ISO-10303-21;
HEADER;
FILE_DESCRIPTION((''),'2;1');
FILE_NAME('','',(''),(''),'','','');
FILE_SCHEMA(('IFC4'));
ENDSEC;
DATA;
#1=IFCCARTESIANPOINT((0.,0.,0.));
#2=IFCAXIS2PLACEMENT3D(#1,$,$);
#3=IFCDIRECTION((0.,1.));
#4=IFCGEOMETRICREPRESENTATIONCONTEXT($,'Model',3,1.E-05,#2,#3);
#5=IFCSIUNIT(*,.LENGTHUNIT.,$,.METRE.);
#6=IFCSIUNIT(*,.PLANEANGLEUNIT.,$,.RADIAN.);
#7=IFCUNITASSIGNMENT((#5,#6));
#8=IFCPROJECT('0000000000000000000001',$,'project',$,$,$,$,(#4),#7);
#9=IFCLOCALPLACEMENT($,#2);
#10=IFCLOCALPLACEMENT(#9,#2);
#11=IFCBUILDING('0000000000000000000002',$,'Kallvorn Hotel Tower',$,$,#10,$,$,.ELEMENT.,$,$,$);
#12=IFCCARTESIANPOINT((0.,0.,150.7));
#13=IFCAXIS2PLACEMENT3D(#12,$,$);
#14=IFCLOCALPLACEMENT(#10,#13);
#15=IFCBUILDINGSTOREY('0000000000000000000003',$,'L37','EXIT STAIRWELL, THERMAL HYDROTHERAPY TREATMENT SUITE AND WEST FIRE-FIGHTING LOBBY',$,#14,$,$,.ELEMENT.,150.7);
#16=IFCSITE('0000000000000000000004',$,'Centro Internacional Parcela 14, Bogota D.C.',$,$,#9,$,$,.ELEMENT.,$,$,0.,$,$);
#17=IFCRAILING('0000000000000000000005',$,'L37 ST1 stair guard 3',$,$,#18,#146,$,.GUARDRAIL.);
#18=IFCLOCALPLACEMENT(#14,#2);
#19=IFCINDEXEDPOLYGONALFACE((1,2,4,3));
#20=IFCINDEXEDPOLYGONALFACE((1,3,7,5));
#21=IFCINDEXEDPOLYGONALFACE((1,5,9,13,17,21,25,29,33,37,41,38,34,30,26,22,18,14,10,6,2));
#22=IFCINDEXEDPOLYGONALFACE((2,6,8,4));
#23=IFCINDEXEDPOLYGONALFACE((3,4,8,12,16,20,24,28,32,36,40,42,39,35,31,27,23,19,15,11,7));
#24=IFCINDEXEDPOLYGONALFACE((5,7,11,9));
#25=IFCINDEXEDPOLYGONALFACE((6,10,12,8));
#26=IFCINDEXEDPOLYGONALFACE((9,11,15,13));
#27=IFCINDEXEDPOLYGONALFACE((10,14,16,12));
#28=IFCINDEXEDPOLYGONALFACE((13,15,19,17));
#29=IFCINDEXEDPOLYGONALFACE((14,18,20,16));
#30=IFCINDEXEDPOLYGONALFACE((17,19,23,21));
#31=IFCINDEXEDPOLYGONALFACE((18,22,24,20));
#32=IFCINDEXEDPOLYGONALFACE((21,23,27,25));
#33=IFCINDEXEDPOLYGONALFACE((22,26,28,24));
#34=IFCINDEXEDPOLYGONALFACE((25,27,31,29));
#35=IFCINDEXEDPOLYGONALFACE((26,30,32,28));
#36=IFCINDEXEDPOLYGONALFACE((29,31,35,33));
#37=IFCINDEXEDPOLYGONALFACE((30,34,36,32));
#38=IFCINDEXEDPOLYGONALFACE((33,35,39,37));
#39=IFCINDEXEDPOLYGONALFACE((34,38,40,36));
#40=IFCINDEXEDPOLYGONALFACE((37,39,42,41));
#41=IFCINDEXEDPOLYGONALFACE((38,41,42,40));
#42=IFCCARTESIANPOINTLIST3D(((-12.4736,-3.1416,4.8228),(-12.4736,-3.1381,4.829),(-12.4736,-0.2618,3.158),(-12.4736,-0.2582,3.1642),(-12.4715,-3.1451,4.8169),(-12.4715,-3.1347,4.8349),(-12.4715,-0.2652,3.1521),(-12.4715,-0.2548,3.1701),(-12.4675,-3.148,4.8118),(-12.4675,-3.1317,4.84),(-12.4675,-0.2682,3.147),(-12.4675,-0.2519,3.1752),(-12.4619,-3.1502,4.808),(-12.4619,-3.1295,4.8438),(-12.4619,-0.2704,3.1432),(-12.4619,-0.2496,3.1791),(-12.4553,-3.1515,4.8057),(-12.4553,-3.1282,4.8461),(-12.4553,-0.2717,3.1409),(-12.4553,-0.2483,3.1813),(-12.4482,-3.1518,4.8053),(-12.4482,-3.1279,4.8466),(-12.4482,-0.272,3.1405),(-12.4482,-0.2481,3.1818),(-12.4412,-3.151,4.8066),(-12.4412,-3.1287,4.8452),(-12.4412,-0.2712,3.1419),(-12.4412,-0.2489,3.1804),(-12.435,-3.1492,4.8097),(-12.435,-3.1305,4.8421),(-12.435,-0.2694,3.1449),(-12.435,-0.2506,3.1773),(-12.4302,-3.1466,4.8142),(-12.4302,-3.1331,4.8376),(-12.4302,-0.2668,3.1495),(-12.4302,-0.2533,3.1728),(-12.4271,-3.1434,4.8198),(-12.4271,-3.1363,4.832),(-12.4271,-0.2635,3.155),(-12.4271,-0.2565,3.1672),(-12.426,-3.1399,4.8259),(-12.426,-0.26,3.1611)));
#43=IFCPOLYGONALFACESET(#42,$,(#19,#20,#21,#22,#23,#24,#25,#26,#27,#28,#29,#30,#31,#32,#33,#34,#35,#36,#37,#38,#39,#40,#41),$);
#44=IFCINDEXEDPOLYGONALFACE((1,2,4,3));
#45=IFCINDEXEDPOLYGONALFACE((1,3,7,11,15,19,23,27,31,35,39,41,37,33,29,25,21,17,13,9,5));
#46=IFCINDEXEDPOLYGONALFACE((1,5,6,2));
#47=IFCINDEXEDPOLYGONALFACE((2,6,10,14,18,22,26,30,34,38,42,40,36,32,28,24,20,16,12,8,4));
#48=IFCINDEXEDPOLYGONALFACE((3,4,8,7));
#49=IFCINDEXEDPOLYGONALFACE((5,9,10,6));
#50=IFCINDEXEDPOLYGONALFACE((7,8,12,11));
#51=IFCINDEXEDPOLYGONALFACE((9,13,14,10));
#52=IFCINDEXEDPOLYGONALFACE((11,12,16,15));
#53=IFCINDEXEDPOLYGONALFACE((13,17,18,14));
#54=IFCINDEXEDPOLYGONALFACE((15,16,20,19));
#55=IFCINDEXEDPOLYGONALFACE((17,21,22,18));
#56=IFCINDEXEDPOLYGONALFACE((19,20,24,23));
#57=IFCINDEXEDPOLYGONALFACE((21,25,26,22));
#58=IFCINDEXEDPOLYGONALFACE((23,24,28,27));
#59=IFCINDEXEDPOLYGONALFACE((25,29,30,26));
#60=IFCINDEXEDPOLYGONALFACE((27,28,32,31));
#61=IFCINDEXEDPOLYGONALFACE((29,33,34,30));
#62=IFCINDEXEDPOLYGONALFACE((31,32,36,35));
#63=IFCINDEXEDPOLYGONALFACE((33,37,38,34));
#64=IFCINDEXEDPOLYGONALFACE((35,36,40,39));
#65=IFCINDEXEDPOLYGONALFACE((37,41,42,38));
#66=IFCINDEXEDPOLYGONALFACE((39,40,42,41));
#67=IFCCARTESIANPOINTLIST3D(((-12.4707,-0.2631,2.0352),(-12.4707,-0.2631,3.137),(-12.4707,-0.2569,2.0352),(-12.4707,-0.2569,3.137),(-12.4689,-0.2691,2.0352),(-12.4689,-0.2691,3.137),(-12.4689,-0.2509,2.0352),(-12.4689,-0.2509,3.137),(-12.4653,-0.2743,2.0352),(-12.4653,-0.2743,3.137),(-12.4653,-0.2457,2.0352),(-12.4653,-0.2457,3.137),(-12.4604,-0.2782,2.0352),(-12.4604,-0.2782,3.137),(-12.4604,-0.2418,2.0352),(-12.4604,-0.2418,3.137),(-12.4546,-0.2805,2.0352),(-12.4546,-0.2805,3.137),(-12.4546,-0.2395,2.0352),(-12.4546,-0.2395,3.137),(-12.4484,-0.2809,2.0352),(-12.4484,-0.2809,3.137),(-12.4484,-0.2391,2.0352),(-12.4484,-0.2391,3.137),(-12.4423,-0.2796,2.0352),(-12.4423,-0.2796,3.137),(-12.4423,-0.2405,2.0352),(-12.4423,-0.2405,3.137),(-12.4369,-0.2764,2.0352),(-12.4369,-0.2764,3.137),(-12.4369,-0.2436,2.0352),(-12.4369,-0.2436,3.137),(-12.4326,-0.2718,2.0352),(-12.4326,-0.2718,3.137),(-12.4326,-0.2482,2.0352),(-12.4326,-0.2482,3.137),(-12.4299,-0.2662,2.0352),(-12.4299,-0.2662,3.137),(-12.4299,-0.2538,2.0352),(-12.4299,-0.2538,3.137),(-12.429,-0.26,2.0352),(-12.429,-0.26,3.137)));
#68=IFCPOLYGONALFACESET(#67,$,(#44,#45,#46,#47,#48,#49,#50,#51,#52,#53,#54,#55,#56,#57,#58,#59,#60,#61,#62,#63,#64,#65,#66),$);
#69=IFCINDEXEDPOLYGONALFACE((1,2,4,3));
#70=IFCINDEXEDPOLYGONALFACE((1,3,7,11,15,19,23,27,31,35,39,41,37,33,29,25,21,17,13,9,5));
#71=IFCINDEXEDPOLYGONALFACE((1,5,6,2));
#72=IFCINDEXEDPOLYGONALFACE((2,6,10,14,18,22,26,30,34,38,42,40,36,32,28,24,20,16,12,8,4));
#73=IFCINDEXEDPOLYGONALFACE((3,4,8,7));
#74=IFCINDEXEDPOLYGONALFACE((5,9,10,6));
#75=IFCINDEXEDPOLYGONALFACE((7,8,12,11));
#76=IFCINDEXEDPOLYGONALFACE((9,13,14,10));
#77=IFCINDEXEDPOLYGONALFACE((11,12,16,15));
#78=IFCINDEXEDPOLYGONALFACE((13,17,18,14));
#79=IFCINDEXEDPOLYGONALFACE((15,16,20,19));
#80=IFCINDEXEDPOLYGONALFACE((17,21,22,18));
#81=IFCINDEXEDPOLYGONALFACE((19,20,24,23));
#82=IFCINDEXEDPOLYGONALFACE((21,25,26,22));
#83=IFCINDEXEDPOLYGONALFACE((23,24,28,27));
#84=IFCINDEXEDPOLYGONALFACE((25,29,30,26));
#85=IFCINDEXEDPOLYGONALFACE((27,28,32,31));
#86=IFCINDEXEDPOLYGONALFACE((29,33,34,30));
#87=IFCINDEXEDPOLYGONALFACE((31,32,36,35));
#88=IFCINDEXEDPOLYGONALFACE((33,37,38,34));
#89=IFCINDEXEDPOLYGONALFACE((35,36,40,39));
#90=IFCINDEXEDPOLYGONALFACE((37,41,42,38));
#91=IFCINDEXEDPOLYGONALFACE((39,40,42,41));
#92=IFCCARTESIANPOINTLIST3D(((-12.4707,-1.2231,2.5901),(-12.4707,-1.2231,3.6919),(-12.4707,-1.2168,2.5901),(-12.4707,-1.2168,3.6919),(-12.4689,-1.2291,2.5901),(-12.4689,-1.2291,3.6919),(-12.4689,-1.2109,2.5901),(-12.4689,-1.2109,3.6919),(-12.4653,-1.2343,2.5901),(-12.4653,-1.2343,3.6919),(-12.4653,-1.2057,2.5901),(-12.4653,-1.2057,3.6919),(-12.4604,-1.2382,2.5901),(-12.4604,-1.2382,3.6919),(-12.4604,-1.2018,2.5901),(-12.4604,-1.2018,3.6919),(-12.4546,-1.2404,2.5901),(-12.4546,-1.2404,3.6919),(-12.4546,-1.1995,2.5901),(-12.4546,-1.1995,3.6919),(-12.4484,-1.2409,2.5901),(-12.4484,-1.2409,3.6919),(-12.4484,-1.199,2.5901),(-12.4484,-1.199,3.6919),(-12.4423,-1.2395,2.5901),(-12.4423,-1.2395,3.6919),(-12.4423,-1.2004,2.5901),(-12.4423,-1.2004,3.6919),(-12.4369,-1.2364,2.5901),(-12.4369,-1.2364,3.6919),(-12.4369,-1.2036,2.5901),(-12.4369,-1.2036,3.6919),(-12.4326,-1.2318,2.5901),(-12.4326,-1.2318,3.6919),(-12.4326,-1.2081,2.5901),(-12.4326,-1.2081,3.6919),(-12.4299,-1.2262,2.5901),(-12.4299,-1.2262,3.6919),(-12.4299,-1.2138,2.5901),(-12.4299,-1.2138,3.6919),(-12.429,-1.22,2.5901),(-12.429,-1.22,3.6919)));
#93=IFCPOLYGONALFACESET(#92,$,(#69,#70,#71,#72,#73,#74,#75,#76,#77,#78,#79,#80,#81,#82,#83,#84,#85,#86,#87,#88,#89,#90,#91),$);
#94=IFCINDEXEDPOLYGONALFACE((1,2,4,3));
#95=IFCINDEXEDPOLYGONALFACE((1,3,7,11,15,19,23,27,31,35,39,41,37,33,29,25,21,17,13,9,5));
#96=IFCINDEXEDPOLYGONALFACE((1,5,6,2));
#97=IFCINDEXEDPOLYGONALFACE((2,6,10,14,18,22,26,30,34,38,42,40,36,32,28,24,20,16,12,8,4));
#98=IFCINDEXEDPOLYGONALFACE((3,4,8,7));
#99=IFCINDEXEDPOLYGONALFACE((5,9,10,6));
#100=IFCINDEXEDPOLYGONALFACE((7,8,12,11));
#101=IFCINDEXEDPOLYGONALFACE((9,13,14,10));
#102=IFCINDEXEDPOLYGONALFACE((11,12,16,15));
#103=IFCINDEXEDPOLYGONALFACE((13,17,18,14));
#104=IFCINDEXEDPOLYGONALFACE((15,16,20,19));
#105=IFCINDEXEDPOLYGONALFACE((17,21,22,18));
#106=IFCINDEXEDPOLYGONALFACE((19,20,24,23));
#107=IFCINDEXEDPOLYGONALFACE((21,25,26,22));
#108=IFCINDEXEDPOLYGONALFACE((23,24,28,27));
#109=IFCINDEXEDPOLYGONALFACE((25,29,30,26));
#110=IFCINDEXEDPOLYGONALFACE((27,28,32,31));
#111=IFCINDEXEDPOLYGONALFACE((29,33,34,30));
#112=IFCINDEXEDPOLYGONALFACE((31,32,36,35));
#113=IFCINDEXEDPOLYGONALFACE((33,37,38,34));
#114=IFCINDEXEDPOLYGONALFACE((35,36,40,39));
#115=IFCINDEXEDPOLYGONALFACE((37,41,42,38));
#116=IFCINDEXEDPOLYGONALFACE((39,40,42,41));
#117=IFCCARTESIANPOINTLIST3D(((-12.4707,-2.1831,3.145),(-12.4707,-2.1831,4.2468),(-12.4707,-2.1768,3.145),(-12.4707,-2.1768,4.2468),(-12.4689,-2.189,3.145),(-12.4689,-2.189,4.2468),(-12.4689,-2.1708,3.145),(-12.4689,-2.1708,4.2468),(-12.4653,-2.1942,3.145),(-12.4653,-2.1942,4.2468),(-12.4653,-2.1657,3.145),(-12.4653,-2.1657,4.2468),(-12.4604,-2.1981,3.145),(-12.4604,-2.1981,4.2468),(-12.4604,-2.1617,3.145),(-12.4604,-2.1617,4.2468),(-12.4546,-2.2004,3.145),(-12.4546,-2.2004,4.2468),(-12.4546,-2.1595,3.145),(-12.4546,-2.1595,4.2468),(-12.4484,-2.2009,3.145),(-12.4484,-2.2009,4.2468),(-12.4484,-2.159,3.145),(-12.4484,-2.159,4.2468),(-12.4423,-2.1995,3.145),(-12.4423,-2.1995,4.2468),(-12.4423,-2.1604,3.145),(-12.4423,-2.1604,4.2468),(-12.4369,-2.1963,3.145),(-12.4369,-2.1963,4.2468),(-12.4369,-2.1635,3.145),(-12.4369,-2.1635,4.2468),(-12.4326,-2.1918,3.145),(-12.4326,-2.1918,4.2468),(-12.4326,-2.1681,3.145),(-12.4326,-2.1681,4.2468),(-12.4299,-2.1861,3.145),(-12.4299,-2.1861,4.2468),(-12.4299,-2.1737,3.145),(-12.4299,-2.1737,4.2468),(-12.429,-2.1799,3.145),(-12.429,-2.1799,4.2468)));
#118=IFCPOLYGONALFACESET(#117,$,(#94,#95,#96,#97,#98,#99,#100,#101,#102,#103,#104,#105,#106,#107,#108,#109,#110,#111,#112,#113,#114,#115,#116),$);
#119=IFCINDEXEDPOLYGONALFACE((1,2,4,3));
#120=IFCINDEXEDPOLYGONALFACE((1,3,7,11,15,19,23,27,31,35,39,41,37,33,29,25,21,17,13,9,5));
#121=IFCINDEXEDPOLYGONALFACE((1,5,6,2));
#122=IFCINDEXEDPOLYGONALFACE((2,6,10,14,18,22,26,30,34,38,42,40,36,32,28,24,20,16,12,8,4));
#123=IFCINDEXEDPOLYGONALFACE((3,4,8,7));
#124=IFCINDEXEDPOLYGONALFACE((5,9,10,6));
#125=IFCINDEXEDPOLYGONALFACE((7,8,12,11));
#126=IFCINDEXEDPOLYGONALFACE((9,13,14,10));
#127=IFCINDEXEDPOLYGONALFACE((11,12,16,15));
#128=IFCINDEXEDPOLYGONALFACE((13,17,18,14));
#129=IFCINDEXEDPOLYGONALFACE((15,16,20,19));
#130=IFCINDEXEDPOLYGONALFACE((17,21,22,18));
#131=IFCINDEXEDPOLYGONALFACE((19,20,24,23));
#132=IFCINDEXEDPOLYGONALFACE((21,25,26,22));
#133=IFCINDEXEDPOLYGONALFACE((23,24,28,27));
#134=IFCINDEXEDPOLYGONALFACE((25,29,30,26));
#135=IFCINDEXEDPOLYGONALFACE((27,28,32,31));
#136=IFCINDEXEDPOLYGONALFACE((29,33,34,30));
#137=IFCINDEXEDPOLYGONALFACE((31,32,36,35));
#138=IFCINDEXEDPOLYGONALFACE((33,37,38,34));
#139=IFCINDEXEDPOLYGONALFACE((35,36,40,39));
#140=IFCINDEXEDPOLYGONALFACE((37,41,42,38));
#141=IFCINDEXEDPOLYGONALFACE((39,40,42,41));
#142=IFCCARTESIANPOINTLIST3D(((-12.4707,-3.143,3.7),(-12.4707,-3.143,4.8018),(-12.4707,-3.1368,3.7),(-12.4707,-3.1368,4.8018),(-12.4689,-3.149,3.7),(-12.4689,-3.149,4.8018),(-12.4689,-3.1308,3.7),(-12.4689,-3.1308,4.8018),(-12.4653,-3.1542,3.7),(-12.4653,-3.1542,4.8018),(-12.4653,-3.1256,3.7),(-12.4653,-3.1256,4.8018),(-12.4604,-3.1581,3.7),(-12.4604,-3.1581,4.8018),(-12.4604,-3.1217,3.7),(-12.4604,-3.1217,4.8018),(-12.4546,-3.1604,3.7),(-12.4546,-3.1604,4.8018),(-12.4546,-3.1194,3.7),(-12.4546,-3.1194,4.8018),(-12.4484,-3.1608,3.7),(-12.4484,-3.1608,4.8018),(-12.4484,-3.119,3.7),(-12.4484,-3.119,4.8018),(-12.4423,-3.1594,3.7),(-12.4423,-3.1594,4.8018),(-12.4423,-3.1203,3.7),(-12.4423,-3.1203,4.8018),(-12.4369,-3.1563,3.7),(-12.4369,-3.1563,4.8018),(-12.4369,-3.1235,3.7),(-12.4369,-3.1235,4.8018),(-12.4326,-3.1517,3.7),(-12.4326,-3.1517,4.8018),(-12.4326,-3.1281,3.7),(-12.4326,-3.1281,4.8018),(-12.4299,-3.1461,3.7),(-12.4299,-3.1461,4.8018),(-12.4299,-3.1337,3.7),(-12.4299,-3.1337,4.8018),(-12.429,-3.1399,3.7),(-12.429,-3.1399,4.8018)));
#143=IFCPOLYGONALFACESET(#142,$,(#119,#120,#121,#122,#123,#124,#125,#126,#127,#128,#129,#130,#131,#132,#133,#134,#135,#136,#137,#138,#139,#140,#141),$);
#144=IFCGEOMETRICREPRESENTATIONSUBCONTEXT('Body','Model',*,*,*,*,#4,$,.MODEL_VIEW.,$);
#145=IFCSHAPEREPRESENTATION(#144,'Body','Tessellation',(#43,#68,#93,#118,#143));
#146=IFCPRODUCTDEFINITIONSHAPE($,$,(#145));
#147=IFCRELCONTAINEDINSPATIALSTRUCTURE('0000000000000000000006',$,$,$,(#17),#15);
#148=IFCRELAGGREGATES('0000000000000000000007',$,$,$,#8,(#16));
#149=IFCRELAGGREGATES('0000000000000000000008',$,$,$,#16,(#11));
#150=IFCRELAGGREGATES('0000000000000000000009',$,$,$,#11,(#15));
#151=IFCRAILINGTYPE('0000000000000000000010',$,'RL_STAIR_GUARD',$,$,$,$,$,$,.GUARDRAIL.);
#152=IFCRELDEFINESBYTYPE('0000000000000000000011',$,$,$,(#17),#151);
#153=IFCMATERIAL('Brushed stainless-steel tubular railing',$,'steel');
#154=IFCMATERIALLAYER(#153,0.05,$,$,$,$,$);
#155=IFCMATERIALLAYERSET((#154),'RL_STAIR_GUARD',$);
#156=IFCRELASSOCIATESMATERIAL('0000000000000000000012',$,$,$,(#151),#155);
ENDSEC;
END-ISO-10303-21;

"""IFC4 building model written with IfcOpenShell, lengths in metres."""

from ifc_helpers import new_model, si_unit, direction, frame, origin, origin_2d, place, context, subcontext, project, spatial, circle, extrude, material, layer, layer_set, type_object, element, save


model = new_model("IFC4")

# Units and contexts
model_context = context("Model", 3, precision=1e-05, world=origin(), true_north=direction((0.0, 1.0)))
body_context = subcontext(model_context, "Body", "Model", "MODEL_VIEW")
ifc_project = project(units=[si_unit("LENGTHUNIT", "METRE"), si_unit("PLANEANGLEUNIT", "RADIAN")], contexts=[model_context])

# Site, building, storey
site_placement = place(None, origin())
site = spatial("IfcSite", under=ifc_project, at=site_placement, Name="Centro Internacional Parcela 14, Bogota D.C.", CompositionType="ELEMENT", RefElevation=0.0)
building_placement = place(site_placement, origin())
building = spatial("IfcBuilding", under=site, at=building_placement, Name="Kallvorn Hotel Tower", CompositionType="ELEMENT")
storey_placement = place(building_placement, frame((0.0, 0.0, 150.7)))
storey = spatial("IfcBuildingStorey", under=building, at=storey_placement, Name="L37", Description="EXIT STAIRWELL, THERMAL HYDROTHERAPY TREATMENT SUITE AND WEST FIRE-FIGHTING LOBBY", CompositionType="ELEMENT", Elevation=150.7)

# Railing
ifc_material_1 = material(Name="Brushed stainless-steel tubular railing", Category="steel")
ifc_layer_1 = layer(ifc_material_1, 0.05)
ifc_layer_set_1 = layer_set([ifc_layer_1], Name="RL_STAIR_GUARD")
railing_type_1 = type_object("IfcRailingType", Name="RL_STAIR_GUARD", PredefinedType="GUARDRAIL", material=ifc_layer_set_1)
railing_1_placement = place(storey_placement, frame((-12.45, -0.26, 2.0352)))
element("IfcRailing", 1, at=railing_1_placement, inside=storey, type_object=railing_type_1, Name="L37 ST1 stair guard 3", PredefinedType="GUARDRAIL", context=body_context, shape_type="SweptSolid", body=[
    extrude(circle(Radius=0.0239, at=origin_2d()), frame((0.0, 0.0, 1.126), z_axis=(0.0, -0.865753, 0.500472), x_axis=(1.0, 0.0, 0.0)), (0.0, 0.0, 1.0), 3.3264),
    extrude(circle(Radius=0.021, at=origin_2d()), origin(), (0.0, 0.0, 1.0), 1.1018),
    extrude(circle(Radius=0.021, at=origin_2d()), frame((0.0, -0.96, 0.5549)), (0.0, 0.0, 1.0), 1.1018),
    extrude(circle(Radius=0.021, at=origin_2d()), frame((0.0, -1.9199, 1.1099)), (0.0, 0.0, 1.0), 1.1018),
    extrude(circle(Radius=0.021, at=origin_2d()), frame((0.0, -2.8799, 1.6648)), (0.0, 0.0, 1.0), 1.1018),
])

save(model, "model.ifc")
